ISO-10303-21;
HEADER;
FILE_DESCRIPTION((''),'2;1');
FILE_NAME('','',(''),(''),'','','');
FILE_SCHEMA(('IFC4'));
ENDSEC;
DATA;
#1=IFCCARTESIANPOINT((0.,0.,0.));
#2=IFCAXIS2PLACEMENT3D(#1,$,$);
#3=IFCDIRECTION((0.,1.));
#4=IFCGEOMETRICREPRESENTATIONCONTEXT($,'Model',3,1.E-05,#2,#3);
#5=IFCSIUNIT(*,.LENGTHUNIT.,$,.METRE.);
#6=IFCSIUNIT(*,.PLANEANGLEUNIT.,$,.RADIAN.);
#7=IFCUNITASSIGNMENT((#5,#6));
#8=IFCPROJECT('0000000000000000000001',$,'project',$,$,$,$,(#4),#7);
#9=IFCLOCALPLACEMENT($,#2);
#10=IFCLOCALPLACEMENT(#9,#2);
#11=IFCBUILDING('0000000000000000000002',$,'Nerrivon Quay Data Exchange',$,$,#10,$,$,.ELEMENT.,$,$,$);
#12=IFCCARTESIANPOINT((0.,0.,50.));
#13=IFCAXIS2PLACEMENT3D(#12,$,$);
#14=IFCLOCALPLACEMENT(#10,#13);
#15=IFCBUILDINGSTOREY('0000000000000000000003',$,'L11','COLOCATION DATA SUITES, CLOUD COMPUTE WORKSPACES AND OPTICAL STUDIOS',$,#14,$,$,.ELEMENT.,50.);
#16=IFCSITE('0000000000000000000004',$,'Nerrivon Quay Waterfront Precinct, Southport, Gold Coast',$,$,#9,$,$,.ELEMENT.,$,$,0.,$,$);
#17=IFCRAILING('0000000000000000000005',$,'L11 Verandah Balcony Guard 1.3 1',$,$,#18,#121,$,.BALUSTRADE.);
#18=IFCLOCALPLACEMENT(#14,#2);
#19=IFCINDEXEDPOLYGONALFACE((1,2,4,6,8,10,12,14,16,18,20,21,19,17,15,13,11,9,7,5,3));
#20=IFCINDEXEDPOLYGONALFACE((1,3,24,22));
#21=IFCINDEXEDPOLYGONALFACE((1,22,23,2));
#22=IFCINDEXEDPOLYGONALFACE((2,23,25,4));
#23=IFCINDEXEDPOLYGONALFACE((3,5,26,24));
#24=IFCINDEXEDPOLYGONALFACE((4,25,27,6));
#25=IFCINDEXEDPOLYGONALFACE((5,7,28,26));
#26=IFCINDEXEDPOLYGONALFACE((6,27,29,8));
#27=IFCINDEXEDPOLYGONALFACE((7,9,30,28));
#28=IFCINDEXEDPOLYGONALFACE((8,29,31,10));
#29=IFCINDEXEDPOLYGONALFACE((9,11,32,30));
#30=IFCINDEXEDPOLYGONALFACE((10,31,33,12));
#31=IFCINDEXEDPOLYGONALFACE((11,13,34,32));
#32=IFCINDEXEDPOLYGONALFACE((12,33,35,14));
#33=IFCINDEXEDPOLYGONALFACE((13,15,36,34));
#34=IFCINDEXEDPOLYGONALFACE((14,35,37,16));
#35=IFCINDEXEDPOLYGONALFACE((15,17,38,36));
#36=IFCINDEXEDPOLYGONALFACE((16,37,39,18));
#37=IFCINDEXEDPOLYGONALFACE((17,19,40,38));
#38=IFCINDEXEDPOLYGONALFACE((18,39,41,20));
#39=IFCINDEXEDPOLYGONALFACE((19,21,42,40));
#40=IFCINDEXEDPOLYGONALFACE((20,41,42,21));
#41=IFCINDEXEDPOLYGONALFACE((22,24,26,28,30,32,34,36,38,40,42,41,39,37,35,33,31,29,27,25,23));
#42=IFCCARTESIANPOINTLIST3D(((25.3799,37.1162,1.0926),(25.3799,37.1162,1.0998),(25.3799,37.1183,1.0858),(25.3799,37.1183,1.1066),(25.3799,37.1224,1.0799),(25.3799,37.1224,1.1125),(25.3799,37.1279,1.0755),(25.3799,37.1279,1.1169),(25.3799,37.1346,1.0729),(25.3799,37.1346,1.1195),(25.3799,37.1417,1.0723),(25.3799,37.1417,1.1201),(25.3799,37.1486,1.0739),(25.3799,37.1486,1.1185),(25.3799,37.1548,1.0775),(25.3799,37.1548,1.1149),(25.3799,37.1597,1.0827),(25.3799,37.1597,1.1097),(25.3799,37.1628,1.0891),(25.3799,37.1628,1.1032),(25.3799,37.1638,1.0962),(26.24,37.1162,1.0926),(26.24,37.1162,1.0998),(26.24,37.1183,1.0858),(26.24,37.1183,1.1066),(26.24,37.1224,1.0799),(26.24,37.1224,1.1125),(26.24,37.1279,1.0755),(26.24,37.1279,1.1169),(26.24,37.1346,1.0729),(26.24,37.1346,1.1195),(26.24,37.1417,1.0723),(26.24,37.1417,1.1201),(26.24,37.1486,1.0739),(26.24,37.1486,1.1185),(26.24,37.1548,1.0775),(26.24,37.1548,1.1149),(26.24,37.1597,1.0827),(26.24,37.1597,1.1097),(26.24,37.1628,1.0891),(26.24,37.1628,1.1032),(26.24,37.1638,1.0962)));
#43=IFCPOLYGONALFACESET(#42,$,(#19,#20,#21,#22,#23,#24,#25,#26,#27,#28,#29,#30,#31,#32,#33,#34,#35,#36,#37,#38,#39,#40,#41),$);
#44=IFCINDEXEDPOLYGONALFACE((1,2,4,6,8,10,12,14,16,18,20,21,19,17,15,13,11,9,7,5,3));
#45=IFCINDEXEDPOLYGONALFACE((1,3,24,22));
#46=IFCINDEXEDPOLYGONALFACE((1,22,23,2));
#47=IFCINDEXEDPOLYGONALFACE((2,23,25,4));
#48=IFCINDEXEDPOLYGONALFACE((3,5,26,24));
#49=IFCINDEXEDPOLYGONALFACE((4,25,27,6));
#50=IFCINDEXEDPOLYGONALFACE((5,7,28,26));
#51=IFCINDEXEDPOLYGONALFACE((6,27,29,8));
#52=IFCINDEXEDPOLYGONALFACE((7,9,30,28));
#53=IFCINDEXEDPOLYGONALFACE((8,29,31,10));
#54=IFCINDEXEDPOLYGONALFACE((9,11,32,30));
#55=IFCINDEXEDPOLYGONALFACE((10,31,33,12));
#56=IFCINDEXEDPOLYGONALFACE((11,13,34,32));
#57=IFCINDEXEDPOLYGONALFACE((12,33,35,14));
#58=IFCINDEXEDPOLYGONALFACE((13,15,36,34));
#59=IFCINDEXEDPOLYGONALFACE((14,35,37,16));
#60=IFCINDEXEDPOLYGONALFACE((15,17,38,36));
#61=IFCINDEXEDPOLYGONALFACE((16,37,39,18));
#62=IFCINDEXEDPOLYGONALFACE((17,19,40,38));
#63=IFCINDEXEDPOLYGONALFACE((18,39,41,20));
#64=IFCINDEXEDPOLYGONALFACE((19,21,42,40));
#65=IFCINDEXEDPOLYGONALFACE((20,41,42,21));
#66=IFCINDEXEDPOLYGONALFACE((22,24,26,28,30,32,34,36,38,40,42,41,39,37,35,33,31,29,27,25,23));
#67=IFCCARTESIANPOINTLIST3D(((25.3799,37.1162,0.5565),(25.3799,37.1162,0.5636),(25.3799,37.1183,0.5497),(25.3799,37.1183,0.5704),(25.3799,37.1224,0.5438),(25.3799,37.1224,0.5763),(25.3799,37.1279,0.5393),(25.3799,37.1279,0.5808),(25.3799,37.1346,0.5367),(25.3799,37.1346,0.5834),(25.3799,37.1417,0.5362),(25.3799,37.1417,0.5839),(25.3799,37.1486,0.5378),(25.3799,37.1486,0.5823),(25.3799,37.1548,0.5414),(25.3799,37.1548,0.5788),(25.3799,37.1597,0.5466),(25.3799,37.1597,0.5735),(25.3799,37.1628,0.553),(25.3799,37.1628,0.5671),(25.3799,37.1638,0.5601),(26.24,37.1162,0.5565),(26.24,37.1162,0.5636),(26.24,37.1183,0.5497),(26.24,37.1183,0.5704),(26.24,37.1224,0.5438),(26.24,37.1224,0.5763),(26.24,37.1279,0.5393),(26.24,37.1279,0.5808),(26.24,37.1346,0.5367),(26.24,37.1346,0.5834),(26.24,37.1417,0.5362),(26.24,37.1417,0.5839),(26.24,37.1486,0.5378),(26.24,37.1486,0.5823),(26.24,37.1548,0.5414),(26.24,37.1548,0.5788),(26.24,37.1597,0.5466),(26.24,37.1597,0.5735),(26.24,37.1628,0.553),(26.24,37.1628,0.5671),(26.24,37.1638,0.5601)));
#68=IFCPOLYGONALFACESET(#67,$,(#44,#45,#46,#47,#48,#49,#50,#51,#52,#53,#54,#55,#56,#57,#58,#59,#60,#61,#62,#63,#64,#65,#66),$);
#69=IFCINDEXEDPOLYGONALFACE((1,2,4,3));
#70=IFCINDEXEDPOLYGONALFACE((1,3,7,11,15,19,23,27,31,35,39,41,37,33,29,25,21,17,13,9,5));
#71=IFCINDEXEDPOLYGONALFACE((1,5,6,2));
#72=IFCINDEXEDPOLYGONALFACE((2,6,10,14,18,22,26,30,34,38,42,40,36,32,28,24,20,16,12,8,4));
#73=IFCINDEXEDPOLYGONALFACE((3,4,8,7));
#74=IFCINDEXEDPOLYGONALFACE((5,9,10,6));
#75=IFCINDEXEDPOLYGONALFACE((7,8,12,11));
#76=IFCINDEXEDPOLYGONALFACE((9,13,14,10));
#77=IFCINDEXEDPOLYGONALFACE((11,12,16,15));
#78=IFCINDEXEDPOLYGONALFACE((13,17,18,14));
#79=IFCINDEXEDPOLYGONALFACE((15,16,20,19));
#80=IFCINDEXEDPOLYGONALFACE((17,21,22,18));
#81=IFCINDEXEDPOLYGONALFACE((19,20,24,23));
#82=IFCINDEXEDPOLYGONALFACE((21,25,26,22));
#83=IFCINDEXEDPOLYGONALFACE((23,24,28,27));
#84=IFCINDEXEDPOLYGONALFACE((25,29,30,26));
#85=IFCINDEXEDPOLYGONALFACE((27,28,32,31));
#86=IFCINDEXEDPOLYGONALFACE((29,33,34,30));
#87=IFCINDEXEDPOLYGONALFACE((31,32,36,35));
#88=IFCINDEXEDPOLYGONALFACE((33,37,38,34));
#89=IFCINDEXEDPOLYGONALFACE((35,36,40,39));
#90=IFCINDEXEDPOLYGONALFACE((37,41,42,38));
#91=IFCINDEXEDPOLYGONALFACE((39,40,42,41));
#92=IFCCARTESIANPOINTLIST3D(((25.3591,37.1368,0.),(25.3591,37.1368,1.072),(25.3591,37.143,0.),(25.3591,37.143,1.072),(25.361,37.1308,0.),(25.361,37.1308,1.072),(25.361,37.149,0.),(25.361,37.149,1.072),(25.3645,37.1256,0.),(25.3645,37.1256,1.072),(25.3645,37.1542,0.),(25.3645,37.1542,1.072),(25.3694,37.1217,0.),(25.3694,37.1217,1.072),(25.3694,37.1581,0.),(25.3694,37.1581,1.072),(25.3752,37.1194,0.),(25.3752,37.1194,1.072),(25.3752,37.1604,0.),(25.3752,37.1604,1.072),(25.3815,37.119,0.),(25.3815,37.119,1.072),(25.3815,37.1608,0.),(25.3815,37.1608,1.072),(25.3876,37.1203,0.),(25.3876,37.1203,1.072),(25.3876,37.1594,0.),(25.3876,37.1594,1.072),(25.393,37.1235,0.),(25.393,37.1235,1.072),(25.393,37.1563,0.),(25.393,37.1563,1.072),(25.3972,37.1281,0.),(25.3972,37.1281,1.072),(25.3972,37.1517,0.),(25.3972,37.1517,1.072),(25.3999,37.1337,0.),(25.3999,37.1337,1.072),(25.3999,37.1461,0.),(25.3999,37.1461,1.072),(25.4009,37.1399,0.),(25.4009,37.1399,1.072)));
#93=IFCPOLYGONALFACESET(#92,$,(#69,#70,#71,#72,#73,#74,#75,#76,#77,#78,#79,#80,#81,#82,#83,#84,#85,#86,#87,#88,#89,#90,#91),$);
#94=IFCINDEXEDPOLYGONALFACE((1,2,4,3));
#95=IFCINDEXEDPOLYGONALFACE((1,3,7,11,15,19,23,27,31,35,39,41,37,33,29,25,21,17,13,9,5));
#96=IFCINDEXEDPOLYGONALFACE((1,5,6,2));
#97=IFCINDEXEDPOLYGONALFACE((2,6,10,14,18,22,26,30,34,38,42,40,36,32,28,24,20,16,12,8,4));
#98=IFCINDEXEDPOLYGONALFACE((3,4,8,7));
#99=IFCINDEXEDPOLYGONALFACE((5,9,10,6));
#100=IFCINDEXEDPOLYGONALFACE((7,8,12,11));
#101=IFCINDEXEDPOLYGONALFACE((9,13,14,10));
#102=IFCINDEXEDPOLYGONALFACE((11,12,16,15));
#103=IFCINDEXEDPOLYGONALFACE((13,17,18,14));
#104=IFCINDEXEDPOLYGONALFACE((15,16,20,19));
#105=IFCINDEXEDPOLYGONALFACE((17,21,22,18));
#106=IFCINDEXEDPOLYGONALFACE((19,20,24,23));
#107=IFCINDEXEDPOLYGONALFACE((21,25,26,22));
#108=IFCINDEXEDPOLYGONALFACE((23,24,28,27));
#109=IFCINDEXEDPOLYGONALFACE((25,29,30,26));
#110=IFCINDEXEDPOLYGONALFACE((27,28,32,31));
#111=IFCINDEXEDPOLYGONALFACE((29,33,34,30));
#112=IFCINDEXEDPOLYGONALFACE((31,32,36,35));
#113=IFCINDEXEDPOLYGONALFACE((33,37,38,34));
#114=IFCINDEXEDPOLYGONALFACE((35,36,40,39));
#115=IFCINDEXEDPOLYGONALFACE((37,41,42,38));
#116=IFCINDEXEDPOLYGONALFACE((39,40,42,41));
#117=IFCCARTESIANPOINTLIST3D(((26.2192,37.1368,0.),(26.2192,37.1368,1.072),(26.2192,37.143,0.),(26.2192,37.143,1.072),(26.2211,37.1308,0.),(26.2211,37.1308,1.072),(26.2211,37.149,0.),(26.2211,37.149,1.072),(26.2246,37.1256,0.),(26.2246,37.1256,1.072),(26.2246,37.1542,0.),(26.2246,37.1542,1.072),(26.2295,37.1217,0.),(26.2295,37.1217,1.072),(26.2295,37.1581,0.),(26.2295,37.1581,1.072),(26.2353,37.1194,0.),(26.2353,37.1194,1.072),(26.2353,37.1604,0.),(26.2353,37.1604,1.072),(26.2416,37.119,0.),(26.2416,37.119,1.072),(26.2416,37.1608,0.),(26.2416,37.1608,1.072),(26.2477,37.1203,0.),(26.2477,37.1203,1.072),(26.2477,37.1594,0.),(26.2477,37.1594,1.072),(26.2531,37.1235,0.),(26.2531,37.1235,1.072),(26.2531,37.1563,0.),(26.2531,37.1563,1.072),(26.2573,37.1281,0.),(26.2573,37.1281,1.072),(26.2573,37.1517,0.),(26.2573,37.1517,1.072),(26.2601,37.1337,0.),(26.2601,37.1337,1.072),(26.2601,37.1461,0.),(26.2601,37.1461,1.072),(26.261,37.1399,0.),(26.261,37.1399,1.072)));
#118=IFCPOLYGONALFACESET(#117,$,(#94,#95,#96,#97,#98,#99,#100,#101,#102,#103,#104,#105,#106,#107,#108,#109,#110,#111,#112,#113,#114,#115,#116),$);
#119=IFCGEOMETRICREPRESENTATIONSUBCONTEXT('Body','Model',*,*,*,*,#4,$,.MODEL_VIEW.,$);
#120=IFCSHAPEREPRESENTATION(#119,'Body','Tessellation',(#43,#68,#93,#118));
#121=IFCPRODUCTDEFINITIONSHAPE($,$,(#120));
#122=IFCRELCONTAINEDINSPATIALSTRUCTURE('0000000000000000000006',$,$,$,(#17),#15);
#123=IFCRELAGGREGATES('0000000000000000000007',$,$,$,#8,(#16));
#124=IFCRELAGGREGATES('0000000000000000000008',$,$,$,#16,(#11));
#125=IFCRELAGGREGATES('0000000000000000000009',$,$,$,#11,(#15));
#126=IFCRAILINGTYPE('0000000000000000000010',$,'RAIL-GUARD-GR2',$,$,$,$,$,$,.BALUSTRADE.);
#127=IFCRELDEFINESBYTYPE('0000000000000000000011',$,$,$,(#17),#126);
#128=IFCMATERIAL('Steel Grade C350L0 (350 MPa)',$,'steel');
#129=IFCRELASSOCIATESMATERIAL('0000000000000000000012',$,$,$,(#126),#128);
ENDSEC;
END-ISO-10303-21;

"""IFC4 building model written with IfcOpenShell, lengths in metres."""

from ifc_helpers import new_model, si_unit, direction, frame, origin, origin_2d, place, context, subcontext, project, spatial, circle, extrude, material, type_object, element, save


model = new_model("IFC4")

# Units and contexts
model_context = context("Model", 3, precision=1e-05, world=origin(), true_north=direction((0.0, 1.0)))
body_context = subcontext(model_context, "Body", "Model", "MODEL_VIEW")
ifc_project = project(units=[si_unit("LENGTHUNIT", "METRE"), si_unit("PLANEANGLEUNIT", "RADIAN")], contexts=[model_context])

# Site, building, storey
site_placement = place(None, origin())
site = spatial("IfcSite", under=ifc_project, at=site_placement, Name="Nerrivon Quay Waterfront Precinct, Southport, Gold Coast", CompositionType="ELEMENT", RefElevation=0.0)
building_placement = place(site_placement, origin())
building = spatial("IfcBuilding", under=site, at=building_placement, Name="Nerrivon Quay Data Exchange", CompositionType="ELEMENT")
storey_placement = place(building_placement, frame((0.0, 0.0, 50.0)))
storey = spatial("IfcBuildingStorey", under=building, at=storey_placement, Name="L11", Description="COLOCATION DATA SUITES, CLOUD COMPUTE WORKSPACES AND OPTICAL STUDIOS", CompositionType="ELEMENT", Elevation=50.0)

# Railing
ifc_material_1 = material(Name="Steel Grade C350L0 (350 MPa)", Category="steel")
railing_type = type_object("IfcRailingType", Name="RAIL-GUARD-GR2", PredefinedType="BALUSTRADE", material=ifc_material_1)
railing_1_placement = place(storey_placement, frame((25.3799, 37.1399, 0.0)))
element("IfcRailing", 1, at=railing_1_placement, inside=storey, type_object=railing_type, Name="L11 Verandah Balcony Guard 1.3 1", PredefinedType="BALUSTRADE", context=body_context, shape_type="SweptSolid", body=[
    extrude(circle(Radius=0.0239, at=origin_2d()), frame((0.0, 0.0, 1.0962), z_axis=(1.0, 0.0, 0.0), x_axis=(0.0, 1.0, 0.0)), (0.0, 0.0, 1.0), 0.8601),
    extrude(circle(Radius=0.0239, at=origin_2d()), frame((0.0, 0.0, 0.5601), z_axis=(1.0, 0.0, 0.0), x_axis=(0.0, 1.0, 0.0)), (0.0, 0.0, 1.0), 0.8601),
    extrude(circle(Radius=0.021, at=origin_2d()), origin(), (0.0, 0.0, 1.0), 1.072),
    extrude(circle(Radius=0.021, at=origin_2d()), frame((0.8601, 0.0, 0.0)), (0.0, 0.0, 1.0), 1.072),
])

save(model, "model.ifc")
